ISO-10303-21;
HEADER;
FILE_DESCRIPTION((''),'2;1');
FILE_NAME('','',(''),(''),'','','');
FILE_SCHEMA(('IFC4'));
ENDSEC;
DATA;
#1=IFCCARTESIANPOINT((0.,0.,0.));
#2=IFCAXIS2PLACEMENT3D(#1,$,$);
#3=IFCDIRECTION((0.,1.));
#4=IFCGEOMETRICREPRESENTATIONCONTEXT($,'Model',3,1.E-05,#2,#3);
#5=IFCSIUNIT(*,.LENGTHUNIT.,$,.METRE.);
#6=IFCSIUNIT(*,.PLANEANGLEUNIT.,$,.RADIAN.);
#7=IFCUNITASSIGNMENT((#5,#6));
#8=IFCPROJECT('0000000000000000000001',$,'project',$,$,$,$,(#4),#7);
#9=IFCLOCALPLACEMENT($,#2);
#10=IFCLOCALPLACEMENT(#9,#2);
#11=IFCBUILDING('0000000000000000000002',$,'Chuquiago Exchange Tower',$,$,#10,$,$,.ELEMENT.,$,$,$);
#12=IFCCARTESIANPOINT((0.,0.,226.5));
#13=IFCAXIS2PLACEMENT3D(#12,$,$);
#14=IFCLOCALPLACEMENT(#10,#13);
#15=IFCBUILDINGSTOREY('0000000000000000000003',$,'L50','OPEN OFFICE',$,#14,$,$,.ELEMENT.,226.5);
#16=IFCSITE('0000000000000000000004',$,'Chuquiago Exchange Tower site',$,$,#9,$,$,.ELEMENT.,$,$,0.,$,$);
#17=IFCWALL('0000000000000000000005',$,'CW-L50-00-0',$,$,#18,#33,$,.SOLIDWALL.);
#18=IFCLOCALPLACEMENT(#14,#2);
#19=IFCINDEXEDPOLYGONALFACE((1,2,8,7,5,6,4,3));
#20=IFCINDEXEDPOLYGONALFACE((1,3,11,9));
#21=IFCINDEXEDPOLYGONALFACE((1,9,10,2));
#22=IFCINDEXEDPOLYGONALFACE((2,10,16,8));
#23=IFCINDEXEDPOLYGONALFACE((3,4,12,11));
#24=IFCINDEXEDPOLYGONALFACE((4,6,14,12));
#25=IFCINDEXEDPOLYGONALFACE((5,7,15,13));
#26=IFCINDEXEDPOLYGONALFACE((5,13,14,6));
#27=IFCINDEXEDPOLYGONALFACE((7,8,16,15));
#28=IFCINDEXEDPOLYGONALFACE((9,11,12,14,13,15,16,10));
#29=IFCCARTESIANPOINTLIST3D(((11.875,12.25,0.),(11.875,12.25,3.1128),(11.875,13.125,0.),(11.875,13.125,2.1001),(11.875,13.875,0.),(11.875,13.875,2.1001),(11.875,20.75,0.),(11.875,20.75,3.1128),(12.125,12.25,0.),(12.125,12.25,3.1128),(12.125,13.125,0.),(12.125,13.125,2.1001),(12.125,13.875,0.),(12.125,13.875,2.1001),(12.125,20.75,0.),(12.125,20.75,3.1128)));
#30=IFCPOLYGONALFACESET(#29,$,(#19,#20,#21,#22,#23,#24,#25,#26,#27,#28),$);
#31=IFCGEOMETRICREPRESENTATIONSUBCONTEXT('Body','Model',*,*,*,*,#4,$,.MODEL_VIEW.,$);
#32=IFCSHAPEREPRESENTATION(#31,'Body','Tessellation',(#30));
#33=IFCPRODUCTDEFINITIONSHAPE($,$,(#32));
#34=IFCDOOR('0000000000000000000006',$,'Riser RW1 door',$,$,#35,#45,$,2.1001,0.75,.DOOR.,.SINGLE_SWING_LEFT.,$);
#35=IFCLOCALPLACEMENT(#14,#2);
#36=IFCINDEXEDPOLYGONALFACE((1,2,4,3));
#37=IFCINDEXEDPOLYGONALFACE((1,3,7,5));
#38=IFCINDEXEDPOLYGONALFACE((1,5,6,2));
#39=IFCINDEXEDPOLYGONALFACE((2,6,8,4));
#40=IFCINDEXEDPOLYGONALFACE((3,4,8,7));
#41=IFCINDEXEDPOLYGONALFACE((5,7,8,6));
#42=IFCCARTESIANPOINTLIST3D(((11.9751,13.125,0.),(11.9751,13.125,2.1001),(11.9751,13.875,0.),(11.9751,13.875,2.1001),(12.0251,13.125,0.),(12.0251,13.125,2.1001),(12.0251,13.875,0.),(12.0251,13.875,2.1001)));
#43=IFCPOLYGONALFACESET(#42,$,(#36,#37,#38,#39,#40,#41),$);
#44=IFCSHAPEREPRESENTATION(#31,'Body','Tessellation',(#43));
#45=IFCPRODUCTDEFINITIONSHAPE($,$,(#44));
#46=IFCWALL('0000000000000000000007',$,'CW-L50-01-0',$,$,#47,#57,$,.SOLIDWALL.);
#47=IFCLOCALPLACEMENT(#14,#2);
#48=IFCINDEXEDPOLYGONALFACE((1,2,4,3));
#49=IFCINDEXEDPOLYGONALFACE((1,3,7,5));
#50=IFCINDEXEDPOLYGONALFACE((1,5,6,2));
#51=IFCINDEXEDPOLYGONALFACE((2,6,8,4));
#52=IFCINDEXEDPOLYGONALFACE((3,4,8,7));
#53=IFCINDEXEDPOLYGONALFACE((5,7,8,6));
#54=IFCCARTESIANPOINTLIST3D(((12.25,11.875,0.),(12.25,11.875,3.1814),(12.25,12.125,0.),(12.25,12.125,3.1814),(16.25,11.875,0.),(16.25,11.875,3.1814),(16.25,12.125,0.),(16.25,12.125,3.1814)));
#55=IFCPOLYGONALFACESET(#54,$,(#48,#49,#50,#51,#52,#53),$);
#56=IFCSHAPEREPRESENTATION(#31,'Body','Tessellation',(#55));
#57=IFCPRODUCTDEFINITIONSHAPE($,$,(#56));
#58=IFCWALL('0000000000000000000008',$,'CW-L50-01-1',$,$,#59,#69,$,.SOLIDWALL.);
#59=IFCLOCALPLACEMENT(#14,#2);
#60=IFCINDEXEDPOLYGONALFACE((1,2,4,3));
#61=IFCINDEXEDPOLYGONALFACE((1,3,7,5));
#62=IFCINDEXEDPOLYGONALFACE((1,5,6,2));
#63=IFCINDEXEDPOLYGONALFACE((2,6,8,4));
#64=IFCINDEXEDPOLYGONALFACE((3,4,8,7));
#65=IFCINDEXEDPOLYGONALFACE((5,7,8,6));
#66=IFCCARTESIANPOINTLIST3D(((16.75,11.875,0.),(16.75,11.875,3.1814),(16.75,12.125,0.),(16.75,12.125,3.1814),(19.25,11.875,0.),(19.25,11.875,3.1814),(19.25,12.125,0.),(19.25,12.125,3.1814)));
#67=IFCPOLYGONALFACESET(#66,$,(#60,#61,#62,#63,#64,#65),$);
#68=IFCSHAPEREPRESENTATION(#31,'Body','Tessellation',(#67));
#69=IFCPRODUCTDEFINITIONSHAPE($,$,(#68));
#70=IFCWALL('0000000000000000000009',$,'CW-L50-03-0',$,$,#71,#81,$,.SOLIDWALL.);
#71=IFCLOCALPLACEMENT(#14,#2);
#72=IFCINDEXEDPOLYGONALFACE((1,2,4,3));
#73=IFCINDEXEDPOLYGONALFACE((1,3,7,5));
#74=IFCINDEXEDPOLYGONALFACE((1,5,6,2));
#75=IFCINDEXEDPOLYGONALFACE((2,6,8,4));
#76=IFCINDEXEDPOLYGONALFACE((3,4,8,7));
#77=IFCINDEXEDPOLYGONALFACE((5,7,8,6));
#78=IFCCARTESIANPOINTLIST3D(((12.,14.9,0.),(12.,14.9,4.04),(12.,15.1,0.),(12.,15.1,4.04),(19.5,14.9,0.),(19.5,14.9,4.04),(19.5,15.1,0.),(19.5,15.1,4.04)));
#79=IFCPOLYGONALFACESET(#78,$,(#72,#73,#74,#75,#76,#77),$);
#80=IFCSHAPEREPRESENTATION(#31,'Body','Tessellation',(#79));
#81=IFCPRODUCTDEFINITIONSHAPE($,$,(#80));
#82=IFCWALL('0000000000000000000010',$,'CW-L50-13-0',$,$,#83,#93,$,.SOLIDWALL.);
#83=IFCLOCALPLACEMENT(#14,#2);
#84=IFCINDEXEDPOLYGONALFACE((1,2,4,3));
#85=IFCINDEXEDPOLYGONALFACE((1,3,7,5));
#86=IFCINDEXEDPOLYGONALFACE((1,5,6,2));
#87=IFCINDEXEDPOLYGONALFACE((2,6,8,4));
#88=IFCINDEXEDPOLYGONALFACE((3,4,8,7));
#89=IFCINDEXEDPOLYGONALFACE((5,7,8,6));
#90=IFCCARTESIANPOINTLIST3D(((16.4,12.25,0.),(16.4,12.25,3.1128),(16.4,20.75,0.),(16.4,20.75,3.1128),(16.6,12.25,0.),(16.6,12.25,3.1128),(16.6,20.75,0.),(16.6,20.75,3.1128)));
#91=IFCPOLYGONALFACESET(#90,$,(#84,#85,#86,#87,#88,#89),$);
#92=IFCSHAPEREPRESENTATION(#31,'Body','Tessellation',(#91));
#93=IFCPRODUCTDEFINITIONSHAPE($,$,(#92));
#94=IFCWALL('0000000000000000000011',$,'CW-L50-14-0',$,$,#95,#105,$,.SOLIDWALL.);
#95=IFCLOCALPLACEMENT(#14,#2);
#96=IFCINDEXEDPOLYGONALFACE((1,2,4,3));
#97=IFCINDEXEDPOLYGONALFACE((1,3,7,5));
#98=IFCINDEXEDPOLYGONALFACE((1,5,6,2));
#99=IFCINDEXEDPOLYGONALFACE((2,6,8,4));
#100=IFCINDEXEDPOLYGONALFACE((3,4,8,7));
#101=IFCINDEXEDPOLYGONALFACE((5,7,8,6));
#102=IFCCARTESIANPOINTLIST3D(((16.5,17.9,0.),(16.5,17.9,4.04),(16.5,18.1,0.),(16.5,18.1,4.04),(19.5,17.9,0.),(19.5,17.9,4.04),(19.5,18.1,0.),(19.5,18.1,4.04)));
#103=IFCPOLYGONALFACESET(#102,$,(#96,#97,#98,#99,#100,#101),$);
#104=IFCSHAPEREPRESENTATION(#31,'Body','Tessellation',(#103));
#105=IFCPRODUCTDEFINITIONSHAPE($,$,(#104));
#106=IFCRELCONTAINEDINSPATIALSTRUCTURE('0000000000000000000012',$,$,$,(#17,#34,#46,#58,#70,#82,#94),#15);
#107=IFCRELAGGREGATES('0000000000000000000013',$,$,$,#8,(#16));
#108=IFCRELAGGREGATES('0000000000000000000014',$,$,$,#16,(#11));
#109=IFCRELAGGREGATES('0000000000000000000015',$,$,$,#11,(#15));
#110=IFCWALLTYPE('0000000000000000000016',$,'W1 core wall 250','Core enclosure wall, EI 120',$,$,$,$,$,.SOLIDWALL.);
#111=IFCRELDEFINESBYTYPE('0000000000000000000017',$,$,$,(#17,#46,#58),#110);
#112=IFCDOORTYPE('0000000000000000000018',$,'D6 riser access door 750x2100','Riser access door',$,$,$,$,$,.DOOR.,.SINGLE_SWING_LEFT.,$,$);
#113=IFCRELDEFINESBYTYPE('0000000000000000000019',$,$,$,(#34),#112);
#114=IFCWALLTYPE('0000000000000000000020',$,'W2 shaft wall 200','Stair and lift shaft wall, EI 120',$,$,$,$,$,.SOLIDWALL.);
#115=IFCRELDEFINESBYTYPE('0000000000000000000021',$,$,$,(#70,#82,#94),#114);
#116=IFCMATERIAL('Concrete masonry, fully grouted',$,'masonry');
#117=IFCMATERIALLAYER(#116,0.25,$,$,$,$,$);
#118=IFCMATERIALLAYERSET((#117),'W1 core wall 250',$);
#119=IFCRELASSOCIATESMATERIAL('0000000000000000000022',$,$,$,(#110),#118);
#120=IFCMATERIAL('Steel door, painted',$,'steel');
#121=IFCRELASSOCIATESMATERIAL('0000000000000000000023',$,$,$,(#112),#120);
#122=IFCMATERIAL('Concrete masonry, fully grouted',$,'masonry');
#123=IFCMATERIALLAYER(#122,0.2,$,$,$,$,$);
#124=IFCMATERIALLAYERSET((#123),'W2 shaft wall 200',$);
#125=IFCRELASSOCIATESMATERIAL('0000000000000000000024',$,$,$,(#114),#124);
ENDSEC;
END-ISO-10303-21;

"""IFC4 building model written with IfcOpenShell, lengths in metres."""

from ifc_helpers import new_model, si_unit, direction, frame, frame_2d, origin, place, context, subcontext, project, spatial, rectangle, extrude, material, layer, layer_set, type_object, element, fill, save


model = new_model("IFC4")

# Units and contexts
model_context = context("Model", 3, precision=1e-05, world=origin(), true_north=direction((0.0, 1.0)))
body_context = subcontext(model_context, "Body", "Model", "MODEL_VIEW")
ifc_project = project(units=[si_unit("LENGTHUNIT", "METRE"), si_unit("PLANEANGLEUNIT", "RADIAN")], contexts=[model_context])

# Site, building, storey
site_placement = place(None, origin())
site = spatial("IfcSite", under=ifc_project, at=site_placement, Name="Chuquiago Exchange Tower site", CompositionType="ELEMENT", RefElevation=0.0)
building_placement = place(site_placement, origin())
building = spatial("IfcBuilding", under=site, at=building_placement, Name="Chuquiago Exchange Tower", CompositionType="ELEMENT")
storey_placement = place(building_placement, frame((0.0, 0.0, 226.5)))
storey = spatial("IfcBuildingStorey", under=building, at=storey_placement, Name="L50", Description="OPEN OFFICE", CompositionType="ELEMENT", Elevation=226.5)

# Wall, opening, door
ifc_material_1 = material(Name="Concrete masonry, fully grouted", Category="masonry")
ifc_layer_1 = layer(ifc_material_1, 0.25)
ifc_layer_set_1 = layer_set([ifc_layer_1], Name="W1 core wall 250")
wall_type_1 = type_object("IfcWallType", Name="W1 core wall 250", Description="Core enclosure wall, EI 120", PredefinedType="SOLIDWALL", material=ifc_layer_set_1)
wall_1_placement = place(storey_placement, frame((12.0, 12.25, 0.0), z_axis=(0.0, 0.0, 1.0), x_axis=(0.0, 1.0, 0.0)))
wall_1 = element("IfcWall", 1, at=wall_1_placement, inside=storey, type_object=wall_type_1, Name="CW-L50-00-0", PredefinedType="SOLIDWALL", context=body_context, shape_type="SweptSolid", body=[
    extrude(rectangle(XDim=8.5, YDim=0.25, at=frame_2d((4.25, 0.0))), origin(), (0.0, 0.0, 1.0), 3.1128),
])
opening_placement = place(wall_1_placement, frame((0.875, 0.0, 0.0)))
opening = element("IfcOpeningElement", 2, at=opening_placement, cuts=wall_1, PredefinedType="OPENING", context=body_context, shape_type="SweptSolid", body=[
    extrude(rectangle(XDim=0.75, YDim=2.1001, at=frame_2d((0.375, 1.05))), frame((0.0, 0.135, 0.0), z_axis=(0.0, -1.0, 0.0), x_axis=(1.0, 0.0, 0.0)), (0.0, 0.0, 1.0), 0.27),
])
ifc_material_2 = material(Name="Steel door, painted", Category="steel")
door_type = type_object("IfcDoorType", Name="D6 riser access door 750x2100", Description="Riser access door", OperationType="SINGLE_SWING_LEFT", PredefinedType="DOOR", material=ifc_material_2)
door_placement = place(opening_placement, origin())
door = element("IfcDoor", 3, at=door_placement, inside=storey, type_object=door_type, Name="Riser RW1 door", OperationType="SINGLE_SWING_LEFT", OverallHeight=2.1001, OverallWidth=0.75, PredefinedType="DOOR", context=body_context, shape_type="SweptSolid", body=[
    extrude(rectangle(XDim=0.75, YDim=2.1001, at=frame_2d((0.375, 1.05))), frame((0.0, 0.0249, 0.0), z_axis=(0.0, -1.0, 0.0), x_axis=(1.0, 0.0, 0.0)), (0.0, 0.0, 1.0), 0.05),
])
fill(opening, door)

# Walls
wall_2_placement = place(storey_placement, frame((12.25, 12.0, 0.0), z_axis=(0.0, 0.0, 1.0), x_axis=(1.0, 0.0, 0.0)))
element("IfcWall", 4, at=wall_2_placement, inside=storey, type_object=wall_type_1, Name="CW-L50-01-0", PredefinedType="SOLIDWALL", context=body_context, shape_type="SweptSolid", body=[
    extrude(rectangle(XDim=4.0, YDim=0.25, at=frame_2d((2.0, 0.0))), origin(), (0.0, 0.0, 1.0), 3.1814),
])
wall_3_placement = place(storey_placement, frame((16.75, 12.0, 0.0), z_axis=(0.0, 0.0, 1.0), x_axis=(1.0, 0.0, 0.0)))
element("IfcWall", 5, at=wall_3_placement, inside=storey, type_object=wall_type_1, Name="CW-L50-01-1", PredefinedType="SOLIDWALL", context=body_context, shape_type="SweptSolid", body=[
    extrude(rectangle(XDim=2.5, YDim=0.25, at=frame_2d((1.25, 0.0))), origin(), (0.0, 0.0, 1.0), 3.1814),
])
ifc_material_3 = material(Name="Concrete masonry, fully grouted", Category="masonry")
ifc_layer_2 = layer(ifc_material_3, 0.2)
ifc_layer_set_2 = layer_set([ifc_layer_2], Name="W2 shaft wall 200")
wall_type_2 = type_object("IfcWallType", Name="W2 shaft wall 200", Description="Stair and lift shaft wall, EI 120", PredefinedType="SOLIDWALL", material=ifc_layer_set_2)
wall_4_placement = place(storey_placement, frame((12.0, 15.0, 0.0), z_axis=(0.0, 0.0, 1.0), x_axis=(1.0, 0.0, 0.0)))
element("IfcWall", 6, at=wall_4_placement, inside=storey, type_object=wall_type_2, Name="CW-L50-03-0", PredefinedType="SOLIDWALL", context=body_context, shape_type="SweptSolid", body=[
    extrude(rectangle(XDim=7.5, YDim=0.2, at=frame_2d((3.75, 0.0))), origin(), (0.0, 0.0, 1.0), 4.04),
])
wall_5_placement = place(storey_placement, frame((16.5, 12.25, 0.0), z_axis=(0.0, 0.0, 1.0), x_axis=(0.0, 1.0, 0.0)))
element("IfcWall", 7, at=wall_5_placement, inside=storey, type_object=wall_type_2, Name="CW-L50-13-0", PredefinedType="SOLIDWALL", context=body_context, shape_type="SweptSolid", body=[
    extrude(rectangle(XDim=8.5, YDim=0.2, at=frame_2d((4.25, 0.0))), origin(), (0.0, 0.0, 1.0), 3.1128),
])
wall_6_placement = place(storey_placement, frame((16.5, 18.0, 0.0), z_axis=(0.0, 0.0, 1.0), x_axis=(1.0, 0.0, 0.0)))
element("IfcWall", 8, at=wall_6_placement, inside=storey, type_object=wall_type_2, Name="CW-L50-14-0", PredefinedType="SOLIDWALL", context=body_context, shape_type="SweptSolid", body=[
    extrude(rectangle(XDim=3.0, YDim=0.2, at=frame_2d((1.5, 0.0))), origin(), (0.0, 0.0, 1.0), 4.04),
])

save(model, "model.ifc")
